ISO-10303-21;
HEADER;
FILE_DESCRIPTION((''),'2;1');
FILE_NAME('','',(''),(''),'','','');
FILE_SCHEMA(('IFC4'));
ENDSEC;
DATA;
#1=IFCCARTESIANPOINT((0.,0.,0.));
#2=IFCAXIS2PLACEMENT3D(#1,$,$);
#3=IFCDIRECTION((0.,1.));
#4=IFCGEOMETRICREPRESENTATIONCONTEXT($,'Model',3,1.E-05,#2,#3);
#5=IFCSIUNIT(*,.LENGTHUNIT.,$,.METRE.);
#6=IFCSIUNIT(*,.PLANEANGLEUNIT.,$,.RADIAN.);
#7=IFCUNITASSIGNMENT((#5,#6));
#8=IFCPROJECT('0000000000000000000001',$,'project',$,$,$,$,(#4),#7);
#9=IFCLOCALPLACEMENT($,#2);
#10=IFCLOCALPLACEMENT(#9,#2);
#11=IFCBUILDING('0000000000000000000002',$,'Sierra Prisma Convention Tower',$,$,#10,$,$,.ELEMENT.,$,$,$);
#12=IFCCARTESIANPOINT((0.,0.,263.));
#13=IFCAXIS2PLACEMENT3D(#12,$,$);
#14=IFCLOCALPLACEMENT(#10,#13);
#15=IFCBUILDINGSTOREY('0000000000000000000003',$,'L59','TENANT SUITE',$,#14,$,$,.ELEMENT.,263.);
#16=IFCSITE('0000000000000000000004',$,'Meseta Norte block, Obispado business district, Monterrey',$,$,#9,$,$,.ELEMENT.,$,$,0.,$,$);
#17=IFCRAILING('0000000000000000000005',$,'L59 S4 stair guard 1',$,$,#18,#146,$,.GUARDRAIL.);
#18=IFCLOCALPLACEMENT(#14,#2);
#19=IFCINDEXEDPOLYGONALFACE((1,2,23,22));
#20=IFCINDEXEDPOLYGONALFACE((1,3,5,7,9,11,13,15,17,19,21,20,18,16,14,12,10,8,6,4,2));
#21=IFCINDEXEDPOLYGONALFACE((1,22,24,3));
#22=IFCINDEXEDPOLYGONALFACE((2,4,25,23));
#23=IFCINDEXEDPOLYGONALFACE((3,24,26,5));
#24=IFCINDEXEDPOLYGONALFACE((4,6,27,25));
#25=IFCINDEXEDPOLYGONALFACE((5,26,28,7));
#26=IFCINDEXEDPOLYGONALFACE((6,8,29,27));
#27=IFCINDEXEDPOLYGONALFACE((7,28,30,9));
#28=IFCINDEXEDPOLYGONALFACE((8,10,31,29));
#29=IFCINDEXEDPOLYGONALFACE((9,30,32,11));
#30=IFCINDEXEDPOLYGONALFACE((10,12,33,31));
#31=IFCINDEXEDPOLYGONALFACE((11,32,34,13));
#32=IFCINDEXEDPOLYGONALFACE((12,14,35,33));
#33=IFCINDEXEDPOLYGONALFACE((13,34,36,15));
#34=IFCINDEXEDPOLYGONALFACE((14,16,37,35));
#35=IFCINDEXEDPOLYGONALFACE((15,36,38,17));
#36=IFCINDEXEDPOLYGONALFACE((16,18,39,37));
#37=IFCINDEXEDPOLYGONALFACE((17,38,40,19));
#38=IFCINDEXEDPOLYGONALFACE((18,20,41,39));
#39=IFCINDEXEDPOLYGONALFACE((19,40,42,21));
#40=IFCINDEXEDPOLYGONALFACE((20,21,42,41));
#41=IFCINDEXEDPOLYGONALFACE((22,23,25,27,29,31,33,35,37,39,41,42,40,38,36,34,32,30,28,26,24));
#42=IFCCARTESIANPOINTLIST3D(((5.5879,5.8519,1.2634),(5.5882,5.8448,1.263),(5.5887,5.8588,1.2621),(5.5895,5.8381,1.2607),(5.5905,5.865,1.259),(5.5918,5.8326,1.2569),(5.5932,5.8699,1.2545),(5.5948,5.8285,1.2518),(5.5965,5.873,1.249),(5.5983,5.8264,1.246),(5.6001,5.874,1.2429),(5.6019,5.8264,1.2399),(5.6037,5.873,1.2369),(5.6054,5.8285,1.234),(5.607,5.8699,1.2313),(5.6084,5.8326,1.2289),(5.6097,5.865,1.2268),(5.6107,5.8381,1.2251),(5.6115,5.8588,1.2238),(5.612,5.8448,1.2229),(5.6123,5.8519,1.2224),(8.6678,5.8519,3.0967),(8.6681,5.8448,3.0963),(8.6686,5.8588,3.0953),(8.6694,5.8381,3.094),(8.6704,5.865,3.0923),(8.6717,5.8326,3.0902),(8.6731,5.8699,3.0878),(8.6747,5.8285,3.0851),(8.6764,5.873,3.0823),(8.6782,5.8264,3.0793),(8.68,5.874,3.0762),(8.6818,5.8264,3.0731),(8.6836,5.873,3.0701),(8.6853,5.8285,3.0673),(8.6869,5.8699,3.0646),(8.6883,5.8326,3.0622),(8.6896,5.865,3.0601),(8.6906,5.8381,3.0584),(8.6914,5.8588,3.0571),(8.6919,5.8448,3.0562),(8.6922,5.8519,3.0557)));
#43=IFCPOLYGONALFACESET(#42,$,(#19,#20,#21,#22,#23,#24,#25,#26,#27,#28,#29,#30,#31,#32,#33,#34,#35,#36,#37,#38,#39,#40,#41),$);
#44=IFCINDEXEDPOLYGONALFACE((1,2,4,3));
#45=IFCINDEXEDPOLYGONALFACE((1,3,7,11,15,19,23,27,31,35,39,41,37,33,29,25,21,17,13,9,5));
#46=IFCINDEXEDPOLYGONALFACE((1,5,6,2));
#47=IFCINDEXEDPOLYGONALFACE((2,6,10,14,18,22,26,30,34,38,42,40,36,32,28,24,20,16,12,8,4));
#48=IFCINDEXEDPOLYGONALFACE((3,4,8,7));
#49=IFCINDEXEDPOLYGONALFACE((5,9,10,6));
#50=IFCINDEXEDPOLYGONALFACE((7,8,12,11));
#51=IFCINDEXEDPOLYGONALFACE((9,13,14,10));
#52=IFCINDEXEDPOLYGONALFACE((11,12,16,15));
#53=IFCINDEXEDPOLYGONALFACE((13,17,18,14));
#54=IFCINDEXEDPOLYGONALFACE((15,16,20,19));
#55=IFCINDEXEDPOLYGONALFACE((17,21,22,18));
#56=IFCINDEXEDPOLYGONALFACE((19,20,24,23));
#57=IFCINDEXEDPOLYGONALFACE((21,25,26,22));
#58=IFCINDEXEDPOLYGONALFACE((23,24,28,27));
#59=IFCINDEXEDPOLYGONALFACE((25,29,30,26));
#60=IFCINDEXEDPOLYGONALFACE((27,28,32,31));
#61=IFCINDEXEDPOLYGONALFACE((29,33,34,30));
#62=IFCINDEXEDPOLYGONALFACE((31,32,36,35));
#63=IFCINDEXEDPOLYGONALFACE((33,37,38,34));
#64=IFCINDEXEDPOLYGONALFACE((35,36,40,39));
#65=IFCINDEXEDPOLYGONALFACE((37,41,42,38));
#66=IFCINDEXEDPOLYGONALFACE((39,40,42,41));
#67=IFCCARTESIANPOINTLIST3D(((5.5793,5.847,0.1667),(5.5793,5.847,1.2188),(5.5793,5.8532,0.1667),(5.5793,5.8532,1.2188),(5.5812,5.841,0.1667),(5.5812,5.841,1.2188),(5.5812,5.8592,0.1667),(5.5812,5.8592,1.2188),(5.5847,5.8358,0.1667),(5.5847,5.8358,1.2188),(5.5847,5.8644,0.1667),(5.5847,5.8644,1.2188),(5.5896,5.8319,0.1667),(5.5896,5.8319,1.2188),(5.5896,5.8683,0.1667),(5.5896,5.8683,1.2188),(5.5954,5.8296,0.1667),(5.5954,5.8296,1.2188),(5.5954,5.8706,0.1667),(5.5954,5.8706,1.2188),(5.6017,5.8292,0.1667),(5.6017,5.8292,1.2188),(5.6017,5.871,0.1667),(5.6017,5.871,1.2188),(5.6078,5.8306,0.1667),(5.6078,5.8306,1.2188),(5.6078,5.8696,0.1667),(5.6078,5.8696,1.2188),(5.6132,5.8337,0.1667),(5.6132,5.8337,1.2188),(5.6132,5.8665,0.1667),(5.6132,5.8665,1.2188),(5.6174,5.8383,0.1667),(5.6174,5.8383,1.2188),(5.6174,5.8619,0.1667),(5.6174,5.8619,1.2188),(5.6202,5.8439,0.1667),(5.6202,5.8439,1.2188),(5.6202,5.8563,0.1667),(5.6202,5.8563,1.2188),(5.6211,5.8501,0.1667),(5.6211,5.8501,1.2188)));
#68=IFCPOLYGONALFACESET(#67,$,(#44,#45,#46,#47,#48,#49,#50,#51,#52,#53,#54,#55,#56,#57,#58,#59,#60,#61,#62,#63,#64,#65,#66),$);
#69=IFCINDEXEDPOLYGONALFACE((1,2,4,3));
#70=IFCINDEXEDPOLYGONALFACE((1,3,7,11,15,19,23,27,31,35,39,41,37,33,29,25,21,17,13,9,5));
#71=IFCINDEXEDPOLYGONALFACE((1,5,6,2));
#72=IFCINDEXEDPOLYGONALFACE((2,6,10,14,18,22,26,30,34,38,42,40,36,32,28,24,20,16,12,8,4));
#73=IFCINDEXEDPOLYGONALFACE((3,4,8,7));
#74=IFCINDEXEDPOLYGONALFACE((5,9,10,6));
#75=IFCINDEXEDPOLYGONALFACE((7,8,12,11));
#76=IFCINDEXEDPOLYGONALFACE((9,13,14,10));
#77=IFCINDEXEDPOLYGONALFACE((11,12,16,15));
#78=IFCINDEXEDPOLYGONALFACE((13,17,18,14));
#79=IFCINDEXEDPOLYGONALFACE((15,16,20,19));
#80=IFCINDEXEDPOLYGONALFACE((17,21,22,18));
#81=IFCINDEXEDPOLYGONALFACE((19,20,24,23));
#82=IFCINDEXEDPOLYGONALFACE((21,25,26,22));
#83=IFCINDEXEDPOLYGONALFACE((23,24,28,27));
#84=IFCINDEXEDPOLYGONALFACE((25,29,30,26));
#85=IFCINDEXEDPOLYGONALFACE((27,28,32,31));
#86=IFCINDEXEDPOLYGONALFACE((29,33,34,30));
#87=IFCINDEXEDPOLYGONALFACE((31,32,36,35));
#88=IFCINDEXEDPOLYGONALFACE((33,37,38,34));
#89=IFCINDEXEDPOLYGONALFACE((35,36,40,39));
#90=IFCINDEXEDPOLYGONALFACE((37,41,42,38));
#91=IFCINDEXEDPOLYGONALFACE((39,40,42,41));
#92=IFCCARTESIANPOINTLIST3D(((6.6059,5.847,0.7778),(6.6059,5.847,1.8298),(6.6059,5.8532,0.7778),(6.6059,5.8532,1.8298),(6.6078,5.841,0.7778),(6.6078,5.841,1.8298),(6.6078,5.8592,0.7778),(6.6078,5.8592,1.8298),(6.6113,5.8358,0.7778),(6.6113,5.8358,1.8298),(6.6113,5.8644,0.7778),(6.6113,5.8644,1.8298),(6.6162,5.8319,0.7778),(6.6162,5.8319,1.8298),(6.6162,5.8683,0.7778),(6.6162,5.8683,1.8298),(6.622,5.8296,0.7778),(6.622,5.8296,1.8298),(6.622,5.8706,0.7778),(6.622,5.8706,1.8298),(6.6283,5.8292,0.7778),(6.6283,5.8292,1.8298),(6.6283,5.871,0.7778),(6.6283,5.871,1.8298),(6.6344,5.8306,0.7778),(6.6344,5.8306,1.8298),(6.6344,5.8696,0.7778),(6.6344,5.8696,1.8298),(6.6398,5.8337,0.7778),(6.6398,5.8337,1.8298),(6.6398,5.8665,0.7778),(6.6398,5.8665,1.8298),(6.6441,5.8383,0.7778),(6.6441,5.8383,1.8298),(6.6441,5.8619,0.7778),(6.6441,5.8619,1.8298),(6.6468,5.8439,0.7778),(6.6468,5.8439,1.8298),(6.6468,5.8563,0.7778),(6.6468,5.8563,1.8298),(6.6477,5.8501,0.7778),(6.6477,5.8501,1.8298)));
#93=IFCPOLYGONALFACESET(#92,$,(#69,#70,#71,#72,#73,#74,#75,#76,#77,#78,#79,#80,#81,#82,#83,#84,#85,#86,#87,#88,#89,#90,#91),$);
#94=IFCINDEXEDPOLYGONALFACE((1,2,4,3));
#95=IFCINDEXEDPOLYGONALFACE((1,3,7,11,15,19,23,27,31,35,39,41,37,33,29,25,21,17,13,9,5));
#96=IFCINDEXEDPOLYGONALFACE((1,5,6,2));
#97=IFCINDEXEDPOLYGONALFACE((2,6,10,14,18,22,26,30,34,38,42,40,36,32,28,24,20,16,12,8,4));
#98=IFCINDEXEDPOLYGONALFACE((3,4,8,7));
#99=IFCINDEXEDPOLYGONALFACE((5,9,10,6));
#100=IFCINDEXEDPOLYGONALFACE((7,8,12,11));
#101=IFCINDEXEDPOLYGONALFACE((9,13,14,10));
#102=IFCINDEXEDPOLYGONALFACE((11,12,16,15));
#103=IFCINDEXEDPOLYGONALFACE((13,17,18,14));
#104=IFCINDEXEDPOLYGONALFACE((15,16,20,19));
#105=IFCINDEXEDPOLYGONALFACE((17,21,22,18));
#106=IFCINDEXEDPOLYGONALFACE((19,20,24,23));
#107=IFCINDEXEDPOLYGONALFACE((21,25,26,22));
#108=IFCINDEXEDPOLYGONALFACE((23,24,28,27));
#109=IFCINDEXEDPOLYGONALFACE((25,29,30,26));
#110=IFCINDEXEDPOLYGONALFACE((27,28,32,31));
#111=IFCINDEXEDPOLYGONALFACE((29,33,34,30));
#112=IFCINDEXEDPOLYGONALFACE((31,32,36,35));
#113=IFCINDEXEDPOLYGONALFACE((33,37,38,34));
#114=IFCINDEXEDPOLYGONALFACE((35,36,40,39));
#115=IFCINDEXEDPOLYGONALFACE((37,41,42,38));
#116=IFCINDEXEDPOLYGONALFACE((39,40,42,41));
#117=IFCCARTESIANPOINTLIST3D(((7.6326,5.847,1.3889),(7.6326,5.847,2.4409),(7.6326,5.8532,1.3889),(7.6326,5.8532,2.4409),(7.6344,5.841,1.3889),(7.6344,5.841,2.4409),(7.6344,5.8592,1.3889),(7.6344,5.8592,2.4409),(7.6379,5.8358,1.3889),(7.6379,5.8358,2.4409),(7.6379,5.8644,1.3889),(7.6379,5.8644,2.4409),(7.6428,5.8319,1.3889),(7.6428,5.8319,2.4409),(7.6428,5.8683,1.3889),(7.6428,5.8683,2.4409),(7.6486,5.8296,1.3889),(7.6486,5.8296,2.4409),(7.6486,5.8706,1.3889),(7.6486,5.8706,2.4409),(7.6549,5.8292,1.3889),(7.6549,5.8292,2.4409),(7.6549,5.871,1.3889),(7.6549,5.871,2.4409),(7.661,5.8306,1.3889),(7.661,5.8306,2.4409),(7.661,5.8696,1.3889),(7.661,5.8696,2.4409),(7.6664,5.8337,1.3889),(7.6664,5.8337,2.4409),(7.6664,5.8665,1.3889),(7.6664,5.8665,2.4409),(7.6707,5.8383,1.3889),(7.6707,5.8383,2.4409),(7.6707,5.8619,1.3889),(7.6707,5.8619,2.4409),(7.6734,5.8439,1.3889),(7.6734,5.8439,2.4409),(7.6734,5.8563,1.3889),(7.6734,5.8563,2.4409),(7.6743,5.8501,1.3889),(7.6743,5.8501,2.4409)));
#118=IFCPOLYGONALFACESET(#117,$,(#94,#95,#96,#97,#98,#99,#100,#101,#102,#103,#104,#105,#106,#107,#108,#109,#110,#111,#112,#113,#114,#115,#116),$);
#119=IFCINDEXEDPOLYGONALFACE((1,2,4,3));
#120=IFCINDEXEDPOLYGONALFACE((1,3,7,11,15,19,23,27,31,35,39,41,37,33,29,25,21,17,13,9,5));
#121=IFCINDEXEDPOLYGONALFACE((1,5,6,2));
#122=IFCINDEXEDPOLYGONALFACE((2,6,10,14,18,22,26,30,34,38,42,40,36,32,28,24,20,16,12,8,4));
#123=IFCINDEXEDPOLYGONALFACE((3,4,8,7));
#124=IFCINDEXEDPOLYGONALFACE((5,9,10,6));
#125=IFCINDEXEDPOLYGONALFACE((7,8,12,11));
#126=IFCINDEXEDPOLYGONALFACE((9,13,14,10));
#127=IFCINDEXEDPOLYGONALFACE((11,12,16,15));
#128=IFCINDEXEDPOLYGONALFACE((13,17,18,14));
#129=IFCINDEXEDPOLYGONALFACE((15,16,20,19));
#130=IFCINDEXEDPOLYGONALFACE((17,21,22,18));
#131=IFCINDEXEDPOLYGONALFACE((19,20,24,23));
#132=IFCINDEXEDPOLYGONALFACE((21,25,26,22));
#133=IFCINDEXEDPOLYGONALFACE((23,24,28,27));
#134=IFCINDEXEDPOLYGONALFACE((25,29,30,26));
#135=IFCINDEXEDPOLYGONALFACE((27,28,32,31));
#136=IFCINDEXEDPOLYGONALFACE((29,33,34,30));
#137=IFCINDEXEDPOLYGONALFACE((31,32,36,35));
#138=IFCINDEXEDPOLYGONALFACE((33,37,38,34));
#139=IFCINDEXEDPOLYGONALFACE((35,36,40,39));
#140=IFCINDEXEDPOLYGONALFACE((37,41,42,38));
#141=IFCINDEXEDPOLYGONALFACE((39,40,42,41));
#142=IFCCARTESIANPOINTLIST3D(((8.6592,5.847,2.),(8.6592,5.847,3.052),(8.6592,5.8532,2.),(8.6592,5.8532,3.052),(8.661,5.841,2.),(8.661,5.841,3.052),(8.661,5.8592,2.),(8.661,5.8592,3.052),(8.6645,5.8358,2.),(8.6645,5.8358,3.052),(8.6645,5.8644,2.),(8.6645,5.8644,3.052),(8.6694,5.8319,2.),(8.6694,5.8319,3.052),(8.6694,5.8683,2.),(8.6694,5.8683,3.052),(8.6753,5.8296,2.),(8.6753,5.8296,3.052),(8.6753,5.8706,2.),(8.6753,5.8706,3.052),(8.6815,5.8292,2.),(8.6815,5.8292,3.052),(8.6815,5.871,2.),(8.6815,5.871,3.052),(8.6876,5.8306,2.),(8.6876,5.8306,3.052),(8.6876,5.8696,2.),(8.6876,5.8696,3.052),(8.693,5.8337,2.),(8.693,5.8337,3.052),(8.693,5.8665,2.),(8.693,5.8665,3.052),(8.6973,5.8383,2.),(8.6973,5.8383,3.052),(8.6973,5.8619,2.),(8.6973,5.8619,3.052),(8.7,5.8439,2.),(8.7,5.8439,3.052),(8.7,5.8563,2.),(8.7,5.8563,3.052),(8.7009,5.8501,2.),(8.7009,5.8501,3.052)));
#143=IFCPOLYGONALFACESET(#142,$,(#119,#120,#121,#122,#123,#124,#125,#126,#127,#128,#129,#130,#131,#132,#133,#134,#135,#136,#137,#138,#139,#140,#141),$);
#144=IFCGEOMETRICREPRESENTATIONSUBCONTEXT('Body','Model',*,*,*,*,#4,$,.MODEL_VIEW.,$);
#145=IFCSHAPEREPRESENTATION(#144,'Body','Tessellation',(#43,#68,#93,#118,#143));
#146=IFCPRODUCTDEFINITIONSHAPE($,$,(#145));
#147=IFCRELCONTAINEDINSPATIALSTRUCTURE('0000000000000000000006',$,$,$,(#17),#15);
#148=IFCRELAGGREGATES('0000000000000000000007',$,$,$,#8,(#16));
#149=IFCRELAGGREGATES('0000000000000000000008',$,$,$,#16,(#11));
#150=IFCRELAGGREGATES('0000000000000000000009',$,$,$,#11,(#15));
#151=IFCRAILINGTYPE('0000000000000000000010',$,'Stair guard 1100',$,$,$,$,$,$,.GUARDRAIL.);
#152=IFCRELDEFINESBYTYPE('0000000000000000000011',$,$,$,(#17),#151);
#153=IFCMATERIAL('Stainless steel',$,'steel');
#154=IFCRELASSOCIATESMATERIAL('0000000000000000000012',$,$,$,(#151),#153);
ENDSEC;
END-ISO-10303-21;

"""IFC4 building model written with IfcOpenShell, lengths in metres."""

from ifc_helpers import new_model, si_unit, direction, frame, origin, origin_2d, place, context, subcontext, project, spatial, circle, extrude, material, type_object, element, save


model = new_model("IFC4")

# Units and contexts
model_context = context("Model", 3, precision=1e-05, world=origin(), true_north=direction((0.0, 1.0)))
body_context = subcontext(model_context, "Body", "Model", "MODEL_VIEW")
ifc_project = project(units=[si_unit("LENGTHUNIT", "METRE"), si_unit("PLANEANGLEUNIT", "RADIAN")], contexts=[model_context])

# Site, building, storey
site_placement = place(None, origin())
site = spatial("IfcSite", under=ifc_project, at=site_placement, Name="Meseta Norte block, Obispado business district, Monterrey", CompositionType="ELEMENT", RefElevation=0.0)
building_placement = place(site_placement, origin())
building = spatial("IfcBuilding", under=site, at=building_placement, Name="Sierra Prisma Convention Tower", CompositionType="ELEMENT")
storey_placement = place(building_placement, frame((0.0, 0.0, 263.0)))
storey = spatial("IfcBuildingStorey", under=building, at=storey_placement, Name="L59", Description="TENANT SUITE", CompositionType="ELEMENT", Elevation=263.0)

# Railing
ifc_material_1 = material(Name="Stainless steel", Category="steel")
railing_type_1 = type_object("IfcRailingType", Name="Stair guard 1100", PredefinedType="GUARDRAIL", material=ifc_material_1)
railing_1_placement = place(storey_placement, frame((5.6001, 5.8501, 0.1667)))
element("IfcRailing", 1, at=railing_1_placement, inside=storey, type_object=railing_type_1, Name="L59 S4 stair guard 1", PredefinedType="GUARDRAIL", context=body_context, shape_type="SweptSolid", body=[
    extrude(circle(Radius=0.0239, at=origin_2d()), frame((0.0, 0.0, 1.0762), z_axis=(0.859291, 0.0, 0.511487), x_axis=(0.0, 1.0, 0.0)), (0.0, 0.0, 1.0), 3.5842),
    extrude(circle(Radius=0.021, at=origin_2d()), origin(), (0.0, 0.0, 1.0), 1.052),
    extrude(circle(Radius=0.021, at=origin_2d()), frame((1.0266, 0.0, 0.6111)), (0.0, 0.0, 1.0), 1.052),
    extrude(circle(Radius=0.021, at=origin_2d()), frame((2.0532, 0.0, 1.2222)), (0.0, 0.0, 1.0), 1.052),
    extrude(circle(Radius=0.021, at=origin_2d()), frame((3.0798, 0.0, 1.8333)), (0.0, 0.0, 1.0), 1.052),
])

save(model, "model.ifc")
